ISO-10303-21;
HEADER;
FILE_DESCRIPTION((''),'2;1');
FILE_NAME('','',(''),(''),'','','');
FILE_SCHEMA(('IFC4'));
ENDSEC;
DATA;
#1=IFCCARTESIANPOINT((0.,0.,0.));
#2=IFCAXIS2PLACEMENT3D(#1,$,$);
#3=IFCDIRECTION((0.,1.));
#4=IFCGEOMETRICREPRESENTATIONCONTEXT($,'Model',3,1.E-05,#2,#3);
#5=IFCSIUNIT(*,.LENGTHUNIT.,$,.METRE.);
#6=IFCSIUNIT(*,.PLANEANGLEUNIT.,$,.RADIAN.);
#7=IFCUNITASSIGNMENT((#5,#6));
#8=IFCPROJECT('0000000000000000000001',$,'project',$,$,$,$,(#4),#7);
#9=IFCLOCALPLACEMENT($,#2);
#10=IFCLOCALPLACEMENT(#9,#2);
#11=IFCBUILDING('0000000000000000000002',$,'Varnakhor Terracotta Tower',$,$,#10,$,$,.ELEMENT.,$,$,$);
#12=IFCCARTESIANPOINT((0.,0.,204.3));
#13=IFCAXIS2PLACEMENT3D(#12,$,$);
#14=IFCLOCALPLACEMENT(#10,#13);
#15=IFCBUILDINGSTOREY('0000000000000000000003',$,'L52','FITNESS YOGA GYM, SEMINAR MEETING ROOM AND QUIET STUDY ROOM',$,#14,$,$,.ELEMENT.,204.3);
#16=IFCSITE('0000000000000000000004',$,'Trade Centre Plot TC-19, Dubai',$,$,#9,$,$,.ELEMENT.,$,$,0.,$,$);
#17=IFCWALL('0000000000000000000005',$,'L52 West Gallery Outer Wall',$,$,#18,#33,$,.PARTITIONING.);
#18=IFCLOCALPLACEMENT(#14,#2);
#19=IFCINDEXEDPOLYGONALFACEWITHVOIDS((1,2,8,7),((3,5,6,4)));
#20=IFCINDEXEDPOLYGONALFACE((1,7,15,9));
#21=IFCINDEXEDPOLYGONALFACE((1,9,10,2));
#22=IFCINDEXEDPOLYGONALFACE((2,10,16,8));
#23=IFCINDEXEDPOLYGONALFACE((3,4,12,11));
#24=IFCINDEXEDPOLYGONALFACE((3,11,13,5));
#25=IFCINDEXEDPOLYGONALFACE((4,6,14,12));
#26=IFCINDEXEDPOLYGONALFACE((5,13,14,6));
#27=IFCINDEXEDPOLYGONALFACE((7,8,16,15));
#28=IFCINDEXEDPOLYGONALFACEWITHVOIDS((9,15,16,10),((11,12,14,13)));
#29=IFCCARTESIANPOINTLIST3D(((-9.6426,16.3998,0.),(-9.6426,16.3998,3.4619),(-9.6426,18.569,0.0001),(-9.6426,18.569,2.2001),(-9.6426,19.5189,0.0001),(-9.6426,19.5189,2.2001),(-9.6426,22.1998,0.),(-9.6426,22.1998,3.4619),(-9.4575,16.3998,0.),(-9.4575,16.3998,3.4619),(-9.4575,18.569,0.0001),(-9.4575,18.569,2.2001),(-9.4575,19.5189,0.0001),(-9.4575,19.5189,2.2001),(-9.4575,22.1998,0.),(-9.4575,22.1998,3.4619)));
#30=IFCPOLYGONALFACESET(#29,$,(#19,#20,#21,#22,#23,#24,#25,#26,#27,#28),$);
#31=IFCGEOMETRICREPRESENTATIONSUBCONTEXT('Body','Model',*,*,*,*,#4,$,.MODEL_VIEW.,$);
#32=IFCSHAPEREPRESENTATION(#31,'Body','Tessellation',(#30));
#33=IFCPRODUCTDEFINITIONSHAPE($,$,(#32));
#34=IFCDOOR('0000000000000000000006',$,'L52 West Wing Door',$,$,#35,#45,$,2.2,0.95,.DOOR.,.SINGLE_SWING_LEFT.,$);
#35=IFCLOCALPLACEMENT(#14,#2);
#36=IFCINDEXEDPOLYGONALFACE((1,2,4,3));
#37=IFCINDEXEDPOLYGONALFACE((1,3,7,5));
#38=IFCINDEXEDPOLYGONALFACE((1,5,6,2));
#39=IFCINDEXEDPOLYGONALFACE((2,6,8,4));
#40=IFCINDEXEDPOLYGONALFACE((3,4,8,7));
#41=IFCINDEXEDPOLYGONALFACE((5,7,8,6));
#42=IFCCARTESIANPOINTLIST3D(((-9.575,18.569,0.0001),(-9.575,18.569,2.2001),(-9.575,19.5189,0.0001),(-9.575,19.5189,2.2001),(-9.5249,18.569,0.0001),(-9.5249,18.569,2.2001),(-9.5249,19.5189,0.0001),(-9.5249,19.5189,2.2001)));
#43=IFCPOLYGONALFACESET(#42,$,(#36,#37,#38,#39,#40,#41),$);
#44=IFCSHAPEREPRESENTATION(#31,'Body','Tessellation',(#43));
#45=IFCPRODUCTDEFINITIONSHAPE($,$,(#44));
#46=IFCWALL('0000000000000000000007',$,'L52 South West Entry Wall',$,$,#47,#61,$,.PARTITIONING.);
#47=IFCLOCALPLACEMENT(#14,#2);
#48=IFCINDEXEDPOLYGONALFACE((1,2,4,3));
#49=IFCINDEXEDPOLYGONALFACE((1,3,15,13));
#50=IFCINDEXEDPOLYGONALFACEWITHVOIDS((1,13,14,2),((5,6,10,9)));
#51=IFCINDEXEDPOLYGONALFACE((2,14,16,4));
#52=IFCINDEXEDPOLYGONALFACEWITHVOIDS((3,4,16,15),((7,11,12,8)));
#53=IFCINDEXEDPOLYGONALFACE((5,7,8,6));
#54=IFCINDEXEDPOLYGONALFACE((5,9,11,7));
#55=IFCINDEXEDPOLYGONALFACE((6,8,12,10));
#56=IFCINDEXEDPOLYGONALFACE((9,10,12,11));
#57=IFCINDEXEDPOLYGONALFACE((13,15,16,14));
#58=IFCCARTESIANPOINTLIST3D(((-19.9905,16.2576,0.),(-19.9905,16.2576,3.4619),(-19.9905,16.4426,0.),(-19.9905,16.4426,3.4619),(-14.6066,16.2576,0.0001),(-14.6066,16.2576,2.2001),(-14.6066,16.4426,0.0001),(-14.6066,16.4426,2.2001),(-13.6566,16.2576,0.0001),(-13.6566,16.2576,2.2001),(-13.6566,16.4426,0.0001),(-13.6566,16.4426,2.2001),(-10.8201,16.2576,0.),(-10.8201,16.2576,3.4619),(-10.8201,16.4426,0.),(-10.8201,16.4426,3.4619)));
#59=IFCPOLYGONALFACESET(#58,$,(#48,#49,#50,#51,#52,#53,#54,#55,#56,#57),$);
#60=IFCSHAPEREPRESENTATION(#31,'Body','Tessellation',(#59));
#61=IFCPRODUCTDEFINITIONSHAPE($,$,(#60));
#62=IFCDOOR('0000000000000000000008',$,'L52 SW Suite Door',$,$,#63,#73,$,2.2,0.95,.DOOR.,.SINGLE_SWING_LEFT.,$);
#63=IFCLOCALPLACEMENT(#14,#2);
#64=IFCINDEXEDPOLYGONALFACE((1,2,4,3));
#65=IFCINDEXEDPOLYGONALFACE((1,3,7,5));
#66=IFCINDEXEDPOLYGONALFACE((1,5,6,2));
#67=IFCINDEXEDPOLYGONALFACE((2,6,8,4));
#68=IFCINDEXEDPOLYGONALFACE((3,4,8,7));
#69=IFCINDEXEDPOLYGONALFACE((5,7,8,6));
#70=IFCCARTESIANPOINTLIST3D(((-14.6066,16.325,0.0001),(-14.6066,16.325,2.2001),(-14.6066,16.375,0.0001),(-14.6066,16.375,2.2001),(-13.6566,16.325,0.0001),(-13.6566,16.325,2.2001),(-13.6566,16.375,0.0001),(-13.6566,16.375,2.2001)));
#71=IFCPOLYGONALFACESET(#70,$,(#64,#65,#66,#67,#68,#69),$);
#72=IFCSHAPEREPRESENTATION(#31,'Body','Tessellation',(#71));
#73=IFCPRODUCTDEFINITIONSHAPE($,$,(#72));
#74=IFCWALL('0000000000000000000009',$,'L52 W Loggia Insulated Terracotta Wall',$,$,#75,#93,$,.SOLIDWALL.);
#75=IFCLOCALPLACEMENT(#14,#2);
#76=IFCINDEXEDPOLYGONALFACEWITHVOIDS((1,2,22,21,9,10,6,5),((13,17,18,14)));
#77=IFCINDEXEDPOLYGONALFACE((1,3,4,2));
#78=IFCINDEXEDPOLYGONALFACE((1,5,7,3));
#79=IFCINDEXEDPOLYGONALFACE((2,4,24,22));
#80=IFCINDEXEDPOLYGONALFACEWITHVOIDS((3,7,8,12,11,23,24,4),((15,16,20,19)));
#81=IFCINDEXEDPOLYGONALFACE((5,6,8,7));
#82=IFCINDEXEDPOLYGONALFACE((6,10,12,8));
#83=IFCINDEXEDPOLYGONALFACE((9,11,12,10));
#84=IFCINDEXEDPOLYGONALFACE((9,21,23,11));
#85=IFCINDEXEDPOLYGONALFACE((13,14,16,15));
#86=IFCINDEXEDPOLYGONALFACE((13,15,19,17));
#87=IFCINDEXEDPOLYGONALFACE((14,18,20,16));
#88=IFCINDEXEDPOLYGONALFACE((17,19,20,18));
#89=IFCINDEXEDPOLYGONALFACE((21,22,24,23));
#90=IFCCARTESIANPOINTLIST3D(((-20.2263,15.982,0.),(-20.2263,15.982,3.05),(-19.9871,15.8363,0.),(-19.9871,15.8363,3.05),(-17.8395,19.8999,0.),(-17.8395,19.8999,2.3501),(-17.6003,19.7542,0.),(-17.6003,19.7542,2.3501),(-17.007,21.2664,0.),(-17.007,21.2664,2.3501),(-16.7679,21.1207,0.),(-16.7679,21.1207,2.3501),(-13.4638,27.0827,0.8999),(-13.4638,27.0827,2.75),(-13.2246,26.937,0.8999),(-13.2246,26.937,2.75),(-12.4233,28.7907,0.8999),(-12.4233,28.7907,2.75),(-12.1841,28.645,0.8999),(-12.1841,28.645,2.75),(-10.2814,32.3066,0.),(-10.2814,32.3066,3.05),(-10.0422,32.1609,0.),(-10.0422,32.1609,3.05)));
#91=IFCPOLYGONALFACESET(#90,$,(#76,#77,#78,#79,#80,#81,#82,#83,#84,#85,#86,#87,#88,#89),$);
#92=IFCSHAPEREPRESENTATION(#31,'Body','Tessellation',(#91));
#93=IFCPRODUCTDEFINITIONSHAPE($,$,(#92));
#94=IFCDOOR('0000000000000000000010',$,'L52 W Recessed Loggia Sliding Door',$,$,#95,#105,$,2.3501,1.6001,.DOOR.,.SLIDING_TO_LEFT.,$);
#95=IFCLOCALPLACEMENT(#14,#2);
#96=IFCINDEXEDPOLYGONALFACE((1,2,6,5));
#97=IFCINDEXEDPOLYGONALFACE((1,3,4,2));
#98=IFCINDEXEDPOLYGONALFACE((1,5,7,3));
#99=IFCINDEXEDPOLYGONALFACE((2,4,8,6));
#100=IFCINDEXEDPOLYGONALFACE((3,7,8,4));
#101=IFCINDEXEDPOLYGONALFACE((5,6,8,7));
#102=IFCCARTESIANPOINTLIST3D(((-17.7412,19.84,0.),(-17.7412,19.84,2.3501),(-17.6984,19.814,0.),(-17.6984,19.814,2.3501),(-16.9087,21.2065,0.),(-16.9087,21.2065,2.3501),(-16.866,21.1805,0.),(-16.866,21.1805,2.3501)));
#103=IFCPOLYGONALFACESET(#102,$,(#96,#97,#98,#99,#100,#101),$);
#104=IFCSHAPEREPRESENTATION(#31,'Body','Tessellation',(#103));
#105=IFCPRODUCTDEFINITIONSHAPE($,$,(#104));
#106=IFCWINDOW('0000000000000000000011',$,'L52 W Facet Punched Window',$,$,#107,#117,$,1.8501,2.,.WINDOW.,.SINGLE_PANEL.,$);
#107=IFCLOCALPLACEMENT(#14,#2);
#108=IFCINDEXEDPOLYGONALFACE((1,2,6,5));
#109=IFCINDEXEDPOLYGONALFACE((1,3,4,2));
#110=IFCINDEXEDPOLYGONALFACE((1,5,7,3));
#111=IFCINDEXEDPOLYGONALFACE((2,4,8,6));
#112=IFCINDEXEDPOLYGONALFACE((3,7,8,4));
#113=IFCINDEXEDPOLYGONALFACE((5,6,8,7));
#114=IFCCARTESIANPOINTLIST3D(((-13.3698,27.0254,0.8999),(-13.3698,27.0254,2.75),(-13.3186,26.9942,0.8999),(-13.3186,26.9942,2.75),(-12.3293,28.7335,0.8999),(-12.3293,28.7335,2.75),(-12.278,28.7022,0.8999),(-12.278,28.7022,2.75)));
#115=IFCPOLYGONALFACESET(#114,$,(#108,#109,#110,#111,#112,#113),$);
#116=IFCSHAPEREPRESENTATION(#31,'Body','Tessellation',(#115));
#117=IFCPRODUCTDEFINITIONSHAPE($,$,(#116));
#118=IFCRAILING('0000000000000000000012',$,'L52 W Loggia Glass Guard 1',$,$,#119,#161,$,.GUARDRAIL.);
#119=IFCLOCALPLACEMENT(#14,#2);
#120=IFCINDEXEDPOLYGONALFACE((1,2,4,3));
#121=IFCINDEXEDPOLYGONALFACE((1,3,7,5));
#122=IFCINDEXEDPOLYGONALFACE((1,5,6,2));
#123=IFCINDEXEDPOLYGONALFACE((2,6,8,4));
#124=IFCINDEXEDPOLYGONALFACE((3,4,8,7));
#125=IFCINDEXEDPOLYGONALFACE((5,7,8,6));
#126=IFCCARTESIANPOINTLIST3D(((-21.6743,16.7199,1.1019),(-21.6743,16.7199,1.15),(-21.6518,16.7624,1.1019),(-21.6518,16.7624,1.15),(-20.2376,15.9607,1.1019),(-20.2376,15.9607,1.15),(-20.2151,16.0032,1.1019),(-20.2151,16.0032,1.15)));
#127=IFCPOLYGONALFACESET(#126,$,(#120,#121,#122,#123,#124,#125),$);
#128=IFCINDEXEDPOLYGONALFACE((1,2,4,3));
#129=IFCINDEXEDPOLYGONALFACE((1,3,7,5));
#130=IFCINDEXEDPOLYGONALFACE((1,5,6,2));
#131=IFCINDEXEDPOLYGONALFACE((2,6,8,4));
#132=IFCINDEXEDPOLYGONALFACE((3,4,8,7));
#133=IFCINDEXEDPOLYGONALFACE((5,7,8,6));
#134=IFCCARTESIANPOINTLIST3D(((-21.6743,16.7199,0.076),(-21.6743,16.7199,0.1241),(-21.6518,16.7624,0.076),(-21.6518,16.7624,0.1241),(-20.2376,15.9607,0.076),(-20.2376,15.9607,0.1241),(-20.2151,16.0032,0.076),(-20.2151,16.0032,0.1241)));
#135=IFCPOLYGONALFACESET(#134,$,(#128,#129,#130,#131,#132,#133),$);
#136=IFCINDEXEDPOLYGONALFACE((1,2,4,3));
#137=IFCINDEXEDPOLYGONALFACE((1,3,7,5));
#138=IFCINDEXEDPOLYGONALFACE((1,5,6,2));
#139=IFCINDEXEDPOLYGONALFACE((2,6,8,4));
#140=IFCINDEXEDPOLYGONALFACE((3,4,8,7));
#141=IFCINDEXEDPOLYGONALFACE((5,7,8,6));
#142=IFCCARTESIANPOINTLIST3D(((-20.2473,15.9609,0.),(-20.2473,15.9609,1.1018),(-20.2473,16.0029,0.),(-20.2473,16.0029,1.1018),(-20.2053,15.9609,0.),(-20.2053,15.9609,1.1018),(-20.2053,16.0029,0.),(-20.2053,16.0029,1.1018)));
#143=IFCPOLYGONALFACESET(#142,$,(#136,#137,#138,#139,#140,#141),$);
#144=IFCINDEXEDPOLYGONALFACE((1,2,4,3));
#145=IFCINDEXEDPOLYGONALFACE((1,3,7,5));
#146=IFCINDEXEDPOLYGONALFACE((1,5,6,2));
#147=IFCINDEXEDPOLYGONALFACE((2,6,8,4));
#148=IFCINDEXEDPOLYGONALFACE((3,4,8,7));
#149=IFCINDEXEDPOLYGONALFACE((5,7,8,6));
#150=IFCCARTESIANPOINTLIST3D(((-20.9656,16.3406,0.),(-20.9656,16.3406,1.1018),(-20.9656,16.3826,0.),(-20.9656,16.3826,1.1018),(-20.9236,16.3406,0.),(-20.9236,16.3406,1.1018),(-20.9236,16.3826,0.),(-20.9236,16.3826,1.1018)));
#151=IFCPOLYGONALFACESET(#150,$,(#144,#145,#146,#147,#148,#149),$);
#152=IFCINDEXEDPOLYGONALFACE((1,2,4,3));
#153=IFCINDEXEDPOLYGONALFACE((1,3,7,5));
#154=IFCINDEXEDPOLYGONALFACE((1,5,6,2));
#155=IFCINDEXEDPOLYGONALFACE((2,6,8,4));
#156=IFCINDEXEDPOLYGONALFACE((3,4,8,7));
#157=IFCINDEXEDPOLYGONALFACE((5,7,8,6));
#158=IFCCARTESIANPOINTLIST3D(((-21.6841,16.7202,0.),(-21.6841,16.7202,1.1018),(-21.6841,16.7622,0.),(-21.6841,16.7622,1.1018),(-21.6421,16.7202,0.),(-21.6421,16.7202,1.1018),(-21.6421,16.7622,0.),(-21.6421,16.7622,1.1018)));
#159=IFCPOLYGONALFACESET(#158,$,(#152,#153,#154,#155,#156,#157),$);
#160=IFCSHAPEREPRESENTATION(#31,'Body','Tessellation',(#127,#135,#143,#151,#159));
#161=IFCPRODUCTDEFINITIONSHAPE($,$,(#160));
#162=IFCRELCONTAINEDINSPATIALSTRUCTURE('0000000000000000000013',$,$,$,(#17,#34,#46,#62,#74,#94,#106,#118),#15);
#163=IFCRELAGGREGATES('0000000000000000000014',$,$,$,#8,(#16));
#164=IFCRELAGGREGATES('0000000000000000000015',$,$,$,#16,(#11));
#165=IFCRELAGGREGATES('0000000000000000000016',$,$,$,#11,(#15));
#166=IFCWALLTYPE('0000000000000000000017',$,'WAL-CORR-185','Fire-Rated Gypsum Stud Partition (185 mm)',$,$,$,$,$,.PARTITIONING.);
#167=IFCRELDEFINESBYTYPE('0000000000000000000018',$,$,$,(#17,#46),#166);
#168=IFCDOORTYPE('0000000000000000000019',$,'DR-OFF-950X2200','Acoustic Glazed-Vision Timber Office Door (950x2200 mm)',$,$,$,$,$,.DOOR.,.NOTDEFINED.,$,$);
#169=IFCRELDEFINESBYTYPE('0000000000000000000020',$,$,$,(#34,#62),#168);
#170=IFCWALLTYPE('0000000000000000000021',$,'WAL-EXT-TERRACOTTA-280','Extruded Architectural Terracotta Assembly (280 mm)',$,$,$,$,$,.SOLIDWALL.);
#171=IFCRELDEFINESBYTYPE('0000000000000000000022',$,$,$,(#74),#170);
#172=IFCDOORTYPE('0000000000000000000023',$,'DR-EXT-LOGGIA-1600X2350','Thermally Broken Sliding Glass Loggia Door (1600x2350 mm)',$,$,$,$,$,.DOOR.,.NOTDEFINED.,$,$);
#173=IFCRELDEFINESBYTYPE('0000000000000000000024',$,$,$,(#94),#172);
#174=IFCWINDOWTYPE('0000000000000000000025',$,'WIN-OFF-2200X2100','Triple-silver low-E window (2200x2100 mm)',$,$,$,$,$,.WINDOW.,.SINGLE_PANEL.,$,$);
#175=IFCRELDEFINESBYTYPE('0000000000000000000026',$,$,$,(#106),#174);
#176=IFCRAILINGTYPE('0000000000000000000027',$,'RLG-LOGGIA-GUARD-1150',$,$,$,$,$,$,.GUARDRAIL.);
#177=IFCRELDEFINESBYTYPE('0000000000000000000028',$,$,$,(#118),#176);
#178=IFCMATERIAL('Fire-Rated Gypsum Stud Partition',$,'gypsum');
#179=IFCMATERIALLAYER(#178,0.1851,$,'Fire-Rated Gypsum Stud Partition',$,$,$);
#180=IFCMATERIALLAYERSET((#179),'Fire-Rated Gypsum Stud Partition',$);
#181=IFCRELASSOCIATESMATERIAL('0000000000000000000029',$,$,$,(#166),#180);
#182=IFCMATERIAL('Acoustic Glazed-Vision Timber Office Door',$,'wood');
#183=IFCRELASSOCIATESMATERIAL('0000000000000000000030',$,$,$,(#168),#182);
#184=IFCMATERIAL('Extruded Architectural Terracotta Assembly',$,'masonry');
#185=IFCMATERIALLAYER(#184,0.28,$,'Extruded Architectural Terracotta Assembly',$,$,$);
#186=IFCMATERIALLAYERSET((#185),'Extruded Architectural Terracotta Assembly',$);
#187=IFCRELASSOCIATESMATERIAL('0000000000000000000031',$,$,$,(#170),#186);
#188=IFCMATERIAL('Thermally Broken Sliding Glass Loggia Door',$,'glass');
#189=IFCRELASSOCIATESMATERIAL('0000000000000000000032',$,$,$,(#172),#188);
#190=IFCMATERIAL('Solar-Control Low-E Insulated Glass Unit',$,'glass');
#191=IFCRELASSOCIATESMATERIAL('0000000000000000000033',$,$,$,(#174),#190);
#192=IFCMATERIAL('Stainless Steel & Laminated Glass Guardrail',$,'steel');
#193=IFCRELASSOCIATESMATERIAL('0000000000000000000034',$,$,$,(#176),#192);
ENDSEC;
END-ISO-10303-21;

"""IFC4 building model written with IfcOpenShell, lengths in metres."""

from ifc_helpers import new_model, si_unit, direction, frame, frame_2d, origin, origin_2d, place, context, subcontext, project, spatial, rectangle, extrude, source, transform, mapped, material, layer, layer_set, type_object, type_shapes, element, fill, save


model = new_model("IFC4")

# Units and contexts
model_context = context("Model", 3, precision=1e-05, world=origin(), true_north=direction((0.0, 1.0)))
body_context = subcontext(model_context, "Body", "Model", "MODEL_VIEW")
ifc_project = project(units=[si_unit("LENGTHUNIT", "METRE"), si_unit("PLANEANGLEUNIT", "RADIAN")], contexts=[model_context])

# Site, building, storey
site_placement = place(None, origin())
site = spatial("IfcSite", under=ifc_project, at=site_placement, Name="Trade Centre Plot TC-19, Dubai", CompositionType="ELEMENT", RefElevation=0.0)
building_placement = place(site_placement, origin())
building = spatial("IfcBuilding", under=site, at=building_placement, Name="Varnakhor Terracotta Tower", CompositionType="ELEMENT")
storey_placement = place(building_placement, frame((0.0, 0.0, 204.3)))
storey = spatial("IfcBuildingStorey", under=building, at=storey_placement, Name="L52", Description="FITNESS YOGA GYM, SEMINAR MEETING ROOM AND QUIET STUDY ROOM", CompositionType="ELEMENT", Elevation=204.3)

# Walls, openings, doors
ifc_material_1 = material(Name="Fire-Rated Gypsum Stud Partition", Category="gypsum")
ifc_layer_1 = layer(ifc_material_1, 0.1851, Name="Fire-Rated Gypsum Stud Partition")
ifc_layer_set_1 = layer_set([ifc_layer_1], Name="Fire-Rated Gypsum Stud Partition")
wall_type_1 = type_object("IfcWallType", Name="WAL-CORR-185", Description="Fire-Rated Gypsum Stud Partition (185 mm)", PredefinedType="PARTITIONING", material=ifc_layer_set_1)
wall_1_placement = place(storey_placement, frame((-9.55, 16.3999, 0.0), z_axis=(0.0, 0.0, 1.0), x_axis=(0.0, 1.0, 0.0)))
wall_1 = element("IfcWall", 1, at=wall_1_placement, inside=storey, type_object=wall_type_1, Name="L52 West Gallery Outer Wall", PredefinedType="PARTITIONING", context=body_context, shape_type="SweptSolid", body=[
    extrude(rectangle(XDim=5.8, YDim=0.1851, at=frame_2d((2.8999, 0.0))), origin(), (0.0, 0.0, 1.0), 3.4619),
])
opening_1_placement = place(wall_1_placement, frame((2.1689, 0.0, 0.0)))
opening_1 = element("IfcOpeningElement", 2, at=opening_1_placement, cuts=wall_1, PredefinedType="OPENING", context=body_context, shape_type="SweptSolid", body=[
    extrude(rectangle(XDim=0.95, YDim=2.2, at=frame_2d((0.4751, 1.1001))), frame((0.0, 0.1025, 0.0), z_axis=(0.0, -1.0, 0.0), x_axis=(1.0, 0.0, 0.0)), (0.0, 0.0, 1.0), 0.2051),
])
ifc_material_2 = material(Name="Acoustic Glazed-Vision Timber Office Door", Category="wood")
door_type_1 = type_object("IfcDoorType", Name="DR-OFF-950X2200", Description="Acoustic Glazed-Vision Timber Office Door (950x2200 mm)", OperationType="NOTDEFINED", PredefinedType="DOOR", material=ifc_material_2)
shared_shape_1 = source(origin(), body_context, "Body", "SweptSolid", [
    extrude(rectangle(XDim=0.95, YDim=2.2, at=frame_2d((0.4751, 1.1001))), frame((0.0, 0.0249, 0.0), z_axis=(0.0, -1.0, 0.0), x_axis=(1.0, 0.0, 0.0)), (0.0, 0.0, 1.0), 0.05),
])
type_shapes(door_type_1, [shared_shape_1])
door_1_placement = place(opening_1_placement, origin())
door_1 = element("IfcDoor", 3, at=door_1_placement, inside=storey, type_object=door_type_1, Name="L52 West Wing Door", OperationType="SINGLE_SWING_LEFT", OverallHeight=2.2, OverallWidth=0.95, PredefinedType="DOOR", context=body_context, shape_type="MappedRepresentation", body=[
    mapped(shared_shape_1, transform((0.0, 0.0, 0.0), scale=1.0)),
])
fill(opening_1, door_1)
wall_2_placement = place(storey_placement, frame((-19.9905, 16.3501, 0.0), z_axis=(0.0, 0.0, 1.0), x_axis=(1.0, 0.0, 0.0)))
wall_2 = element("IfcWall", 4, at=wall_2_placement, inside=storey, type_object=wall_type_1, Name="L52 South West Entry Wall", PredefinedType="PARTITIONING", context=body_context, shape_type="SweptSolid", body=[
    extrude(rectangle(XDim=9.1704, YDim=0.1851, at=frame_2d((4.5852, 0.0))), origin(), (0.0, 0.0, 1.0), 3.4619),
])
opening_2_placement = place(wall_2_placement, frame((5.3838, 0.0, 0.0)))
opening_2 = element("IfcOpeningElement", 5, at=opening_2_placement, cuts=wall_2, PredefinedType="OPENING", context=body_context, shape_type="SweptSolid", body=[
    extrude(rectangle(XDim=0.95, YDim=2.2, at=frame_2d((0.4751, 1.1001))), frame((0.0, 0.1025, 0.0), z_axis=(0.0, -1.0, 0.0), x_axis=(1.0, 0.0, 0.0)), (0.0, 0.0, 1.0), 0.2051),
])
door_2_placement = place(opening_2_placement, origin())
door_2 = element("IfcDoor", 6, at=door_2_placement, inside=storey, type_object=door_type_1, Name="L52 SW Suite Door", OperationType="SINGLE_SWING_LEFT", OverallHeight=2.2, OverallWidth=0.95, PredefinedType="DOOR", context=body_context, shape_type="MappedRepresentation", body=[
    mapped(shared_shape_1, transform((0.0, 0.0, 0.0), scale=1.0)),
])
fill(opening_2, door_2)

# Wall, openings, door, window
ifc_material_3 = material(Name="Extruded Architectural Terracotta Assembly", Category="masonry")
ifc_layer_2 = layer(ifc_material_3, 0.28, Name="Extruded Architectural Terracotta Assembly")
ifc_layer_set_2 = layer_set([ifc_layer_2], Name="Extruded Architectural Terracotta Assembly")
wall_type_2 = type_object("IfcWallType", Name="WAL-EXT-TERRACOTTA-280", Description="Extruded Architectural Terracotta Assembly (280 mm)", PredefinedType="SOLIDWALL", material=ifc_layer_set_2)
wall_3_placement = place(storey_placement, frame((-20.1067, 15.9092, 0.0), z_axis=(0.0, 0.0, 1.0), x_axis=(0.52026, 0.854008, 0.0)))
wall_3 = element("IfcWall", 7, at=wall_3_placement, inside=storey, type_object=wall_type_2, Name="L52 W Loggia Insulated Terracotta Wall", PredefinedType="SOLIDWALL", context=body_context, shape_type="SweptSolid", body=[
    extrude(rectangle(XDim=19.1152, YDim=0.28, at=frame_2d((9.5576, 0.0))), origin(), (0.0, 0.0, 1.0), 3.05),
])
opening_3_placement = place(wall_3_placement, frame((4.5876, 0.0, 0.0)))
opening_3 = element("IfcOpeningElement", 8, at=opening_3_placement, cuts=wall_3, PredefinedType="OPENING", context=body_context, shape_type="SweptSolid", body=[
    extrude(rectangle(XDim=1.6001, YDim=2.3501, at=frame_2d((0.8, 1.175))), frame((0.0, 0.1499, 0.0), z_axis=(0.0, -1.0, 0.0), x_axis=(1.0, 0.0, 0.0)), (0.0, 0.0, 1.0), 0.3),
])
opening_4_placement = place(wall_3_placement, frame((12.9983, 0.0, 0.8999)))
opening_4 = element("IfcOpeningElement", 9, at=opening_4_placement, cuts=wall_3, PredefinedType="OPENING", context=body_context, shape_type="SweptSolid", body=[
    extrude(rectangle(XDim=2.0, YDim=1.8501, at=frame_2d((1.0, 0.925))), frame((0.0, 0.1499, 0.0), z_axis=(0.0, -1.0, 0.0), x_axis=(1.0, 0.0, 0.0)), (0.0, 0.0, 1.0), 0.3),
])
ifc_material_4 = material(Name="Thermally Broken Sliding Glass Loggia Door", Category="glass")
door_type_2 = type_object("IfcDoorType", Name="DR-EXT-LOGGIA-1600X2350", Description="Thermally Broken Sliding Glass Loggia Door (1600x2350 mm)", OperationType="NOTDEFINED", PredefinedType="DOOR", material=ifc_material_4)
shared_shape_2 = source(origin(), body_context, "Body", "SweptSolid", [
    extrude(rectangle(XDim=1.6001, YDim=2.3501, at=frame_2d((0.8, 1.175))), frame((0.0, 0.0249, 0.0), z_axis=(0.0, -1.0, 0.0), x_axis=(1.0, 0.0, 0.0)), (0.0, 0.0, 1.0), 0.05),
])
type_shapes(door_type_2, [shared_shape_2])
door_3_placement = place(opening_3_placement, origin())
door_3 = element("IfcDoor", 10, at=door_3_placement, inside=storey, type_object=door_type_2, Name="L52 W Recessed Loggia Sliding Door", OperationType="SLIDING_TO_LEFT", OverallHeight=2.3501, OverallWidth=1.6001, PredefinedType="DOOR", context=body_context, shape_type="MappedRepresentation", body=[
    mapped(shared_shape_2, transform((0.0, 0.0, 0.0), scale=1.0)),
])
fill(opening_3, door_3)
ifc_material_5 = material(Name="Solar-Control Low-E Insulated Glass Unit", Category="glass")
window_type = type_object("IfcWindowType", Name="WIN-OFF-2200X2100", Description="Triple-silver low-E window (2200x2100 mm)", PartitioningType="SINGLE_PANEL", PredefinedType="WINDOW", material=ifc_material_5)
shared_shape_3 = source(origin(), body_context, "Body", "SweptSolid", [
    extrude(rectangle(XDim=2.0, YDim=1.8501, at=frame_2d((1.0, 0.925))), frame((0.0, 0.03, 0.0), z_axis=(0.0, -1.0, 0.0), x_axis=(1.0, 0.0, 0.0)), (0.0, 0.0, 1.0), 0.0601),
])
type_shapes(window_type, [shared_shape_3])
window_placement = place(opening_4_placement, origin())
window = element("IfcWindow", 11, at=window_placement, inside=storey, type_object=window_type, Name="L52 W Facet Punched Window", OverallHeight=1.8501, OverallWidth=2.0, PartitioningType="SINGLE_PANEL", PredefinedType="WINDOW", context=body_context, shape_type="MappedRepresentation", body=[
    mapped(shared_shape_3, transform((0.0, 0.0, 0.0), scale=1.0)),
])
fill(opening_4, window)

# Railing
ifc_material_6 = material(Name="Stainless Steel & Laminated Glass Guardrail", Category="steel")
railing_type = type_object("IfcRailingType", Name="RLG-LOGGIA-GUARD-1150", PredefinedType="GUARDRAIL", material=ifc_material_6)
railing_1_placement = place(storey_placement, frame((-20.2263, 15.9819, 0.0)))
element("IfcRailing", 12, at=railing_1_placement, inside=storey, type_object=railing_type, Name="L52 W Loggia Glass Guard 1", PredefinedType="GUARDRAIL", context=body_context, shape_type="SweptSolid", body=[
    extrude(rectangle(XDim=0.0481, YDim=0.0481, at=origin_2d()), frame((0.0, 0.0, 1.126), z_axis=(-0.884135, 0.467232, 0.0), x_axis=(-0.467232, -0.884135, 0.0)), (0.0, 0.0, 1.0), 1.625),
    extrude(rectangle(XDim=0.0481, YDim=0.0481, at=origin_2d()), frame((0.0, 0.0, 0.1001), z_axis=(-0.884135, 0.467232, 0.0), x_axis=(-0.467232, -0.884135, 0.0)), (0.0, 0.0, 1.0), 1.625),
    extrude(rectangle(XDim=0.042, YDim=0.042, at=origin_2d()), origin(), (0.0, 0.0, 1.0), 1.1018),
    extrude(rectangle(XDim=0.042, YDim=0.042, at=origin_2d()), frame((-0.7183, 0.3796, 0.0)), (0.0, 0.0, 1.0), 1.1018),
    extrude(rectangle(XDim=0.042, YDim=0.042, at=origin_2d()), frame((-1.4368, 0.7593, 0.0)), (0.0, 0.0, 1.0), 1.1018),
])

save(model, "model.ifc")
